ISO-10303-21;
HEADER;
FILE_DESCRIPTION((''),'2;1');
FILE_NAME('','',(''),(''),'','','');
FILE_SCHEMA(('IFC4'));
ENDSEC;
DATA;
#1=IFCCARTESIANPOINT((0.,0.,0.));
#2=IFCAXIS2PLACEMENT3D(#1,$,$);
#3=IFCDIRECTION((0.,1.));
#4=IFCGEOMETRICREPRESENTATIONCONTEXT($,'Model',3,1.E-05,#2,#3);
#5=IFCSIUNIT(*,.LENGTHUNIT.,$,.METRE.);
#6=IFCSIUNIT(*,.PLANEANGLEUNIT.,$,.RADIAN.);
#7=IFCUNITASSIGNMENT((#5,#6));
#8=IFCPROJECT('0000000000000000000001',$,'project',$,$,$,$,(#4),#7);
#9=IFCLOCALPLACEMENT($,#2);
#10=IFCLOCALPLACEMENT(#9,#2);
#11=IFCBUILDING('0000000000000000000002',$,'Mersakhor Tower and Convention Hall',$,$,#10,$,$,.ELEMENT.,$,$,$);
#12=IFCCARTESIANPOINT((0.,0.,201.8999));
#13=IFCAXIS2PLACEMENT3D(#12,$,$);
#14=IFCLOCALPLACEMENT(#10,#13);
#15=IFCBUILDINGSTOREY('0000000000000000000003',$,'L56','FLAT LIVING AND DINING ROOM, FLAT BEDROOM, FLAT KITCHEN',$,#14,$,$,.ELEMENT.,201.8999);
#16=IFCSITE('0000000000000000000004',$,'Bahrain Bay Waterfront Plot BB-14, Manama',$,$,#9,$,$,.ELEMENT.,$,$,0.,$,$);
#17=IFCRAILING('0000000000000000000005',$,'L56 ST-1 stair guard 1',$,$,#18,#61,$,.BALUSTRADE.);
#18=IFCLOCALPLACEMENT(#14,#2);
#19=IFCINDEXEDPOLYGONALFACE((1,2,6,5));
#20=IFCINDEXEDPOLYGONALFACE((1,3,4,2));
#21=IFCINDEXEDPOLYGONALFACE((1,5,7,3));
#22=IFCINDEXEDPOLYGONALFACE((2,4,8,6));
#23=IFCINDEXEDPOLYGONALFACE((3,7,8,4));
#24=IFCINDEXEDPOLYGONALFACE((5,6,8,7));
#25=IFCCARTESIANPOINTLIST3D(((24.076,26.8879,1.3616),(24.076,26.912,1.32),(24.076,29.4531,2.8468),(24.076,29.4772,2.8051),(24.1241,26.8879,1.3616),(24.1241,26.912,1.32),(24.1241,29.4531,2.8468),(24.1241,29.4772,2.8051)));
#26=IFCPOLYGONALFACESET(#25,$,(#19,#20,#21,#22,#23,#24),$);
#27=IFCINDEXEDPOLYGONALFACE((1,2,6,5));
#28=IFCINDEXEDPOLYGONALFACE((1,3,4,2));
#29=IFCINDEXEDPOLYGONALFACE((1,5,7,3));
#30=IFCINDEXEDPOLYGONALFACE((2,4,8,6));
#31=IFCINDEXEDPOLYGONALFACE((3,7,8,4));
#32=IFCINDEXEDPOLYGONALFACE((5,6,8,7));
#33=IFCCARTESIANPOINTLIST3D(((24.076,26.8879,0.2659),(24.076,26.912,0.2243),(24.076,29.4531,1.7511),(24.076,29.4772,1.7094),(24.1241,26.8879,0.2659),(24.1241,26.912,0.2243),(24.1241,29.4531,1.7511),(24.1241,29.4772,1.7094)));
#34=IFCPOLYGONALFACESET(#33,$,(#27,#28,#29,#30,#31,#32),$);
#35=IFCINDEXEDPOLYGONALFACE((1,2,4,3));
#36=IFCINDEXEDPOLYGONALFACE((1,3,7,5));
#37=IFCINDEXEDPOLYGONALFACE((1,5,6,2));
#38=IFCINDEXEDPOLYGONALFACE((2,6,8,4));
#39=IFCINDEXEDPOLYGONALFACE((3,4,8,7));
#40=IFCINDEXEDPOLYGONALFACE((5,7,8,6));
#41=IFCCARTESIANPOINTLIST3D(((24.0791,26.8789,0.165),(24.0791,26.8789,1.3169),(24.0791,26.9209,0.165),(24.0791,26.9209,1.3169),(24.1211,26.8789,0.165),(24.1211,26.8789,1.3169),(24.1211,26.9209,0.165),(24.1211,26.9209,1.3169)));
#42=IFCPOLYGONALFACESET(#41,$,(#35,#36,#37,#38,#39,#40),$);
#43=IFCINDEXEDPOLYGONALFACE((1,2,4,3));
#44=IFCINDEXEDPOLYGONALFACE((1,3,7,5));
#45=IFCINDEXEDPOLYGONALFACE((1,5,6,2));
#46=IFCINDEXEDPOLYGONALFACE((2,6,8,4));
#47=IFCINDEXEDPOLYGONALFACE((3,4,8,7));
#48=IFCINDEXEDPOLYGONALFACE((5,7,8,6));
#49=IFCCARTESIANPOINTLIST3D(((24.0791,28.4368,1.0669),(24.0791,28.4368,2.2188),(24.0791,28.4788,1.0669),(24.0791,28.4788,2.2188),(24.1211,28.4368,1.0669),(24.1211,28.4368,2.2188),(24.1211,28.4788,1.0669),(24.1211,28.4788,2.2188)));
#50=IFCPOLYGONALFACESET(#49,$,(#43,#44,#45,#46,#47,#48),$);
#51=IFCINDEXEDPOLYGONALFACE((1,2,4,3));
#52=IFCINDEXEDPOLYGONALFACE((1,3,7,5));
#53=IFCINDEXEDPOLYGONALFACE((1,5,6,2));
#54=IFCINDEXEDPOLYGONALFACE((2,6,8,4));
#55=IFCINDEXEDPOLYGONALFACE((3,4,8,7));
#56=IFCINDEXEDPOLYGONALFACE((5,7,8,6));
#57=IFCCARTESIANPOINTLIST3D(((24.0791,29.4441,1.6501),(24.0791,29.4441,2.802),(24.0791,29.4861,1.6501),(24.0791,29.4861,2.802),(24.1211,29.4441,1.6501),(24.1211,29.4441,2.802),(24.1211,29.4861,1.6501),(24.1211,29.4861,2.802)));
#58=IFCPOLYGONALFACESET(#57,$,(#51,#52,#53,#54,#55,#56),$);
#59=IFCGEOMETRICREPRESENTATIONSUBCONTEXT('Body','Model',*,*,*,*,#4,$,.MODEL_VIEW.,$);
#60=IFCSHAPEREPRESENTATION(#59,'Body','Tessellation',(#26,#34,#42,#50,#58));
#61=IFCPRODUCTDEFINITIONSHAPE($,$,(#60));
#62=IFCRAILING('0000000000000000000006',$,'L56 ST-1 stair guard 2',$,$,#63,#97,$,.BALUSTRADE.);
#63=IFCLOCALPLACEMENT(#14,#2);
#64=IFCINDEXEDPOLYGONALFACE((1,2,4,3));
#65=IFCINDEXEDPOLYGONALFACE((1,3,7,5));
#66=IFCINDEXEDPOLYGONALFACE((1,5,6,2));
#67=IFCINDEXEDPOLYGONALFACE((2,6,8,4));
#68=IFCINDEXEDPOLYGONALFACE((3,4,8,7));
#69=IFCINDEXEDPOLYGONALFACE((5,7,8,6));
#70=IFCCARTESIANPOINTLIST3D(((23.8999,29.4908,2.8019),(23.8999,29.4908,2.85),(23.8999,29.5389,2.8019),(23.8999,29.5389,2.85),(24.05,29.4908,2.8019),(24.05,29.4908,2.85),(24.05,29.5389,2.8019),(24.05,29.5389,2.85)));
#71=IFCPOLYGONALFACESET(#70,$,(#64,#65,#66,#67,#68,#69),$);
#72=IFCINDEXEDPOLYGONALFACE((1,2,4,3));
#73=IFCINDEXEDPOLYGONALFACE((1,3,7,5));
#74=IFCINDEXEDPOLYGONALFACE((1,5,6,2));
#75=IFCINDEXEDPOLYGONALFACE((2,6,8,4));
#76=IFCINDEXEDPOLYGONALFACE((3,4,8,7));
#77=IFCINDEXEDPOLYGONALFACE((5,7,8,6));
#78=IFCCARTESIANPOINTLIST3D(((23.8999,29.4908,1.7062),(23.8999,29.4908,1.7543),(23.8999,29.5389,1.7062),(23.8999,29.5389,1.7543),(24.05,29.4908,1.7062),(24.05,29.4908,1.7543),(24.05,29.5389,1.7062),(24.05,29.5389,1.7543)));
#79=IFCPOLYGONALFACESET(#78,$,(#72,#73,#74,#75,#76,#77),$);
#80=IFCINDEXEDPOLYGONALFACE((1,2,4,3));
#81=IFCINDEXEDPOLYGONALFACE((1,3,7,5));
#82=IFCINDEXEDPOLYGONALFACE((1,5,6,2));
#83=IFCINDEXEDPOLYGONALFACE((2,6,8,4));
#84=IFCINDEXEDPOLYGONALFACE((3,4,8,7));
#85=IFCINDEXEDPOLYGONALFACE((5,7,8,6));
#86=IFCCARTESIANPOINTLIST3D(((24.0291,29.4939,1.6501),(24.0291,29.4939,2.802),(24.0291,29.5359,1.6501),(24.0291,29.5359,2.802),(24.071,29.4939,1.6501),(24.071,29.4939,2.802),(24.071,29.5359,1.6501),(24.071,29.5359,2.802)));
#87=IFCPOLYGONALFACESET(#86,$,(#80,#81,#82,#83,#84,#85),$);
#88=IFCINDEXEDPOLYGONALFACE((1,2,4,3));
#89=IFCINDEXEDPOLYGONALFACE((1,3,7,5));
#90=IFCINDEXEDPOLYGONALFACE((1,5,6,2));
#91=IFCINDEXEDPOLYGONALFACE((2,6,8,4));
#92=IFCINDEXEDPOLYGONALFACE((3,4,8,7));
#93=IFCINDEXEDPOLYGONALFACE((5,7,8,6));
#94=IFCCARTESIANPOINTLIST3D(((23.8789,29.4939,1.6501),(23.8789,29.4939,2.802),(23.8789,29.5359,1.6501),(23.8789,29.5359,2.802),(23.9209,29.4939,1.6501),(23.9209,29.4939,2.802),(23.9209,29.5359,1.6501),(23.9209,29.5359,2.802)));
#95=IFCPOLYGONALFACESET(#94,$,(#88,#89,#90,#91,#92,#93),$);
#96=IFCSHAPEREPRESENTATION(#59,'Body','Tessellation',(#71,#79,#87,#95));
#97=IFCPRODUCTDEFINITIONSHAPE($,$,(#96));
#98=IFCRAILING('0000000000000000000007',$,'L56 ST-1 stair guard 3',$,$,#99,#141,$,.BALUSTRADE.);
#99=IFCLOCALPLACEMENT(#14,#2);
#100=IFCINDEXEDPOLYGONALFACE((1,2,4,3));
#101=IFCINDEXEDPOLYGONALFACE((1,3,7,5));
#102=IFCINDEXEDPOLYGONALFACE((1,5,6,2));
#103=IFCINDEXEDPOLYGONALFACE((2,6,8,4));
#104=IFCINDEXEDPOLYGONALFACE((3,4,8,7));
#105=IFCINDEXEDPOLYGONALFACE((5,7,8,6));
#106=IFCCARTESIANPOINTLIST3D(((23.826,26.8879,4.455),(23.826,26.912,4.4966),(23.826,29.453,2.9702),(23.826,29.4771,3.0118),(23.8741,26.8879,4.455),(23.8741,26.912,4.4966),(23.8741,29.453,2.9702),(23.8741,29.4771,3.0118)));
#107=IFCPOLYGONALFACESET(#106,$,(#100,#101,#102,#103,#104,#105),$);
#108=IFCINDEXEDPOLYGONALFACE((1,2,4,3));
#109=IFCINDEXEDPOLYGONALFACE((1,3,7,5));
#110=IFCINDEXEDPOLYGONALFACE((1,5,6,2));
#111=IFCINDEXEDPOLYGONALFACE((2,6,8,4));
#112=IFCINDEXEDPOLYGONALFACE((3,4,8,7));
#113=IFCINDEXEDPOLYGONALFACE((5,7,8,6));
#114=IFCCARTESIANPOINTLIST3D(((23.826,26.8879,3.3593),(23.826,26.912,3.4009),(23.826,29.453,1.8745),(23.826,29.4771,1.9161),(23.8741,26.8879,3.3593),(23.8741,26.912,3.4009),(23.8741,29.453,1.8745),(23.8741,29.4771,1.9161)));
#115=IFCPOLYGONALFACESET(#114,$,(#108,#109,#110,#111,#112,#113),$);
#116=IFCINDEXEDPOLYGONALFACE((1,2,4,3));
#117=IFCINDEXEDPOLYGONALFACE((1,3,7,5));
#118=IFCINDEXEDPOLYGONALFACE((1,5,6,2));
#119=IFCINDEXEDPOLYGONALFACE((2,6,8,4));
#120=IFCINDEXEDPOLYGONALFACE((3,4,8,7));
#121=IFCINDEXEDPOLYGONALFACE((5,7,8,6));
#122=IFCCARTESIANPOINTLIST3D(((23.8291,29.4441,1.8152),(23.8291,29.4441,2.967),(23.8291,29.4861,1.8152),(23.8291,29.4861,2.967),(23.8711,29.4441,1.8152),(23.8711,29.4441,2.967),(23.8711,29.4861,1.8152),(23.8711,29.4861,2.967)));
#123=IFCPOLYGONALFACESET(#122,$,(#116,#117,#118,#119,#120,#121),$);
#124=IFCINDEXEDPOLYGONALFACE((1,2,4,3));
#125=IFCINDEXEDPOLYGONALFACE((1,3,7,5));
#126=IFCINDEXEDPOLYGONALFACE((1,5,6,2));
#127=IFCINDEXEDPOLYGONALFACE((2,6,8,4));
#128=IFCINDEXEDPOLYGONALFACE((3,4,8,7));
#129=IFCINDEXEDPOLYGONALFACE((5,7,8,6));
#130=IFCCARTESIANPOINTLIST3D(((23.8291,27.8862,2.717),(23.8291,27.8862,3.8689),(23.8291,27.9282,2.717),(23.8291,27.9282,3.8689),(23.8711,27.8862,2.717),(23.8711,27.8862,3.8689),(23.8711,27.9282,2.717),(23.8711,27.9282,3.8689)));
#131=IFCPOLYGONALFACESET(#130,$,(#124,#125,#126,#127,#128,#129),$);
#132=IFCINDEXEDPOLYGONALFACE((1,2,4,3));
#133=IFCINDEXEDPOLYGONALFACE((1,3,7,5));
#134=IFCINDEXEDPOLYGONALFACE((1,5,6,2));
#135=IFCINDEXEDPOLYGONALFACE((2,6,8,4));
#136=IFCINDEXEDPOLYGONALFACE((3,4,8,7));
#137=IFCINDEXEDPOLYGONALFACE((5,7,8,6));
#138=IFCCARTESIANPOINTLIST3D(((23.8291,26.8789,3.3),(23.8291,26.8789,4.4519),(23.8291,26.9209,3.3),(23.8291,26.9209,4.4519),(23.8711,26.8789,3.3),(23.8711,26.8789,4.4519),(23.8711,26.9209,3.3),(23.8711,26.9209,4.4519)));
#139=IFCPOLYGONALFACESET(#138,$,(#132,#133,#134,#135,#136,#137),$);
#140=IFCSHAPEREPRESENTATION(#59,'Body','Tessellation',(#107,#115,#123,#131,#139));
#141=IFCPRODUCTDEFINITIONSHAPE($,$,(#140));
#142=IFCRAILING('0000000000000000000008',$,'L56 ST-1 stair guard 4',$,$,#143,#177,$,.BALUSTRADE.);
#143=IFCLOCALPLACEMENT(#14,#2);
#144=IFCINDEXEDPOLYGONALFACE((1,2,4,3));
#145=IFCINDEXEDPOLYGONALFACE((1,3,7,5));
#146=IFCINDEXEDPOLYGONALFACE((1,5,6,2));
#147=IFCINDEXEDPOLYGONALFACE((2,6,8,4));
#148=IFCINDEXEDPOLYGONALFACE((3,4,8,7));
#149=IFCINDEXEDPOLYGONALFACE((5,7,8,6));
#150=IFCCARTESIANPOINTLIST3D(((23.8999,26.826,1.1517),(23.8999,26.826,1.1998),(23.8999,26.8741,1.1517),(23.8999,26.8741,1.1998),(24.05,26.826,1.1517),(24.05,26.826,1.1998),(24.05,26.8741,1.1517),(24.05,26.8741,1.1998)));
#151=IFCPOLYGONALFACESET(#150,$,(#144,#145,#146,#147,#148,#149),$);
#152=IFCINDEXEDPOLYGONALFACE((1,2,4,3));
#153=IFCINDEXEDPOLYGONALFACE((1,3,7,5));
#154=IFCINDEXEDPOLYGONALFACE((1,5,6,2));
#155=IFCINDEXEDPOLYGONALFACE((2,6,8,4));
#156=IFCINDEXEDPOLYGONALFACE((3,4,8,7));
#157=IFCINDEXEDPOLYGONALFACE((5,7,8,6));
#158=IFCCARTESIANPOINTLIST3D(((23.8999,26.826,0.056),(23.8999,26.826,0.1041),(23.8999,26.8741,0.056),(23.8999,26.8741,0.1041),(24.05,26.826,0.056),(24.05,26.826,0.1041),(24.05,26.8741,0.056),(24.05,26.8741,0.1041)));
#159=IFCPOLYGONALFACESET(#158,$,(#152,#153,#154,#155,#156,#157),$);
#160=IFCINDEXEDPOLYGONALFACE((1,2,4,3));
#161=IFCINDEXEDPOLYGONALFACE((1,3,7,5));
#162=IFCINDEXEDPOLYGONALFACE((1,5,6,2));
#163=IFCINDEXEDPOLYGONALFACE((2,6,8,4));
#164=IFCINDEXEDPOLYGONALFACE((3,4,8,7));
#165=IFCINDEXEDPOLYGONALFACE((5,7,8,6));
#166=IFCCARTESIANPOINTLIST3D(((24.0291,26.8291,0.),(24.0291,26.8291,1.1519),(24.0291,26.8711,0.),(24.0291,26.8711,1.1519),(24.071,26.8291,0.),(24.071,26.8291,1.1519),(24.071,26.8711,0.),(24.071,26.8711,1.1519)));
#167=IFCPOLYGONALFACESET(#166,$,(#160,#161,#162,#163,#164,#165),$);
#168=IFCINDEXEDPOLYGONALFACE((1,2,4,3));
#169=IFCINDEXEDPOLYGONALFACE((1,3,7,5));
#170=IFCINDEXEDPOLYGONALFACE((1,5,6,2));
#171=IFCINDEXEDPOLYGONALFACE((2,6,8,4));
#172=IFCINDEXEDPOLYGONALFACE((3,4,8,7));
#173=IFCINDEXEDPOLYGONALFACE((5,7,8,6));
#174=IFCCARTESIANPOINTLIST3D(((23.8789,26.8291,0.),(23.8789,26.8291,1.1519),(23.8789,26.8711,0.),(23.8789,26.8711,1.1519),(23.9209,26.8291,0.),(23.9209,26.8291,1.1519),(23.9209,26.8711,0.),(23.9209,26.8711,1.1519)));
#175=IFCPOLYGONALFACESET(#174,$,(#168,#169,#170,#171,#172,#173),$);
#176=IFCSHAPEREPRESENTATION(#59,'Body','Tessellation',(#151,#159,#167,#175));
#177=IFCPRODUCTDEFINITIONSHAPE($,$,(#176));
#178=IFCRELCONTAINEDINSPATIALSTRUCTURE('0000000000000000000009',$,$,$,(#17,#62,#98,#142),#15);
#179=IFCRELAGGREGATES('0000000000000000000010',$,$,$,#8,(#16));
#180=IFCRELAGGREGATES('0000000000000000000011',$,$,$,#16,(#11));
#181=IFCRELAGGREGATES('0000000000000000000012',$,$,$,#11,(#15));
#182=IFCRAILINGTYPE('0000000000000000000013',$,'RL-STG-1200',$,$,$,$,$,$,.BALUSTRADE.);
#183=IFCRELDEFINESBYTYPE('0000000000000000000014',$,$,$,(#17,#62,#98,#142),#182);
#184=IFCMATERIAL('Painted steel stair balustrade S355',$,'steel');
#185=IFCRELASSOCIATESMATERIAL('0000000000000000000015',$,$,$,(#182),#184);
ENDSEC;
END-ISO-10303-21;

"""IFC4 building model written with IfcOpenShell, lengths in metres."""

from ifc_helpers import new_model, si_unit, direction, frame, origin, origin_2d, place, context, subcontext, project, spatial, rectangle, extrude, material, type_object, element, save


model = new_model("IFC4")

# Units and contexts
model_context = context("Model", 3, precision=1e-05, world=origin(), true_north=direction((0.0, 1.0)))
body_context = subcontext(model_context, "Body", "Model", "MODEL_VIEW")
ifc_project = project(units=[si_unit("LENGTHUNIT", "METRE"), si_unit("PLANEANGLEUNIT", "RADIAN")], contexts=[model_context])

# Site, building, storey
site_placement = place(None, origin())
site = spatial("IfcSite", under=ifc_project, at=site_placement, Name="Bahrain Bay Waterfront Plot BB-14, Manama", CompositionType="ELEMENT", RefElevation=0.0)
building_placement = place(site_placement, origin())
building = spatial("IfcBuilding", under=site, at=building_placement, Name="Mersakhor Tower and Convention Hall", CompositionType="ELEMENT")
storey_placement = place(building_placement, frame((0.0, 0.0, 201.8999)))
storey = spatial("IfcBuildingStorey", under=building, at=storey_placement, Name="L56", Description="FLAT LIVING AND DINING ROOM, FLAT BEDROOM, FLAT KITCHEN", CompositionType="ELEMENT", Elevation=201.8999)

# Railings
ifc_material_1 = material(Name="Painted steel stair balustrade S355", Category="steel")
railing_type_1 = type_object("IfcRailingType", Name="RL-STG-1200", PredefinedType="BALUSTRADE", material=ifc_material_1)
railing_1_placement = place(storey_placement, frame((24.1001, 26.8999, 0.165)))
element("IfcRailing", 1, at=railing_1_placement, inside=storey, type_object=railing_type_1, Name="L56 ST-1 stair guard 1", PredefinedType="BALUSTRADE", context=body_context, shape_type="SweptSolid", body=[
    extrude(rectangle(XDim=0.0481, YDim=0.0481, at=origin_2d()), frame((0.0, 0.0, 1.1758), z_axis=(0.0, 0.865426, 0.501036), x_axis=(-1.0, 0.0, 0.0)), (0.0, 0.0, 1.0), 2.9641),
    extrude(rectangle(XDim=0.0481, YDim=0.0481, at=origin_2d()), frame((0.0, 0.0, 0.0801), z_axis=(0.0, 0.865426, 0.501036), x_axis=(-1.0, 0.0, 0.0)), (0.0, 0.0, 1.0), 2.9641),
    extrude(rectangle(XDim=0.042, YDim=0.042, at=origin_2d()), origin(), (0.0, 0.0, 1.0), 1.1519),
    extrude(rectangle(XDim=0.042, YDim=0.042, at=origin_2d()), frame((0.0, 1.5579, 0.9019)), (0.0, 0.0, 1.0), 1.1519),
    extrude(rectangle(XDim=0.042, YDim=0.042, at=origin_2d()), frame((0.0, 2.5652, 1.4851)), (0.0, 0.0, 1.0), 1.1519),
])
railing_2_placement = place(storey_placement, frame((24.05, 29.5149, 1.6501)))
element("IfcRailing", 2, at=railing_2_placement, inside=storey, type_object=railing_type_1, Name="L56 ST-1 stair guard 2", PredefinedType="BALUSTRADE", context=body_context, shape_type="SweptSolid", body=[
    extrude(rectangle(XDim=0.0481, YDim=0.0481, at=origin_2d()), frame((0.0, 0.0, 1.1758), z_axis=(-1.0, 0.0, 0.0), x_axis=(0.0, -1.0, 0.0)), (0.0, 0.0, 1.0), 0.1501),
    extrude(rectangle(XDim=0.0481, YDim=0.0481, at=origin_2d()), frame((0.0, 0.0, 0.0801), z_axis=(-1.0, 0.0, 0.0), x_axis=(0.0, -1.0, 0.0)), (0.0, 0.0, 1.0), 0.1501),
    extrude(rectangle(XDim=0.042, YDim=0.042, at=origin_2d()), origin(), (0.0, 0.0, 1.0), 1.1519),
    extrude(rectangle(XDim=0.042, YDim=0.042, at=origin_2d()), frame((-0.1501, 0.0, 0.0)), (0.0, 0.0, 1.0), 1.1519),
])
railing_3_placement = place(storey_placement, frame((23.8501, 29.4651, 1.8152)))
element("IfcRailing", 3, at=railing_3_placement, inside=storey, type_object=railing_type_1, Name="L56 ST-1 stair guard 3", PredefinedType="BALUSTRADE", context=body_context, shape_type="SweptSolid", body=[
    extrude(rectangle(XDim=0.0481, YDim=0.0481, at=origin_2d()), frame((0.0, 0.0, 1.1758), z_axis=(0.0, -0.865462, 0.500975), x_axis=(1.0, 0.0, 0.0)), (0.0, 0.0, 1.0), 2.9639),
    extrude(rectangle(XDim=0.0481, YDim=0.0481, at=origin_2d()), frame((0.0, 0.0, 0.0801), z_axis=(0.0, -0.865462, 0.500975), x_axis=(1.0, 0.0, 0.0)), (0.0, 0.0, 1.0), 2.9639),
    extrude(rectangle(XDim=0.042, YDim=0.042, at=origin_2d()), origin(), (0.0, 0.0, 1.0), 1.1519),
    extrude(rectangle(XDim=0.042, YDim=0.042, at=origin_2d()), frame((0.0, -1.5579, 0.9019)), (0.0, 0.0, 1.0), 1.1519),
    extrude(rectangle(XDim=0.042, YDim=0.042, at=origin_2d()), frame((0.0, -2.5652, 1.4849)), (0.0, 0.0, 1.0), 1.1519),
])
railing_4_placement = place(storey_placement, frame((24.05, 26.8501, 0.0)))
element("IfcRailing", 4, at=railing_4_placement, inside=storey, type_object=railing_type_1, Name="L56 ST-1 stair guard 4", PredefinedType="BALUSTRADE", context=body_context, shape_type="SweptSolid", body=[
    extrude(rectangle(XDim=0.0481, YDim=0.0481, at=origin_2d()), frame((0.0, 0.0, 1.1758), z_axis=(-1.0, 0.0, 0.0), x_axis=(0.0, -1.0, 0.0)), (0.0, 0.0, 1.0), 0.1501),
    extrude(rectangle(XDim=0.0481, YDim=0.0481, at=origin_2d()), frame((0.0, 0.0, 0.0801), z_axis=(-1.0, 0.0, 0.0), x_axis=(0.0, -1.0, 0.0)), (0.0, 0.0, 1.0), 0.1501),
    extrude(rectangle(XDim=0.042, YDim=0.042, at=origin_2d()), origin(), (0.0, 0.0, 1.0), 1.1519),
    extrude(rectangle(XDim=0.042, YDim=0.042, at=origin_2d()), frame((-0.1501, 0.0, 0.0)), (0.0, 0.0, 1.0), 1.1519),
])

save(model, "model.ifc")
